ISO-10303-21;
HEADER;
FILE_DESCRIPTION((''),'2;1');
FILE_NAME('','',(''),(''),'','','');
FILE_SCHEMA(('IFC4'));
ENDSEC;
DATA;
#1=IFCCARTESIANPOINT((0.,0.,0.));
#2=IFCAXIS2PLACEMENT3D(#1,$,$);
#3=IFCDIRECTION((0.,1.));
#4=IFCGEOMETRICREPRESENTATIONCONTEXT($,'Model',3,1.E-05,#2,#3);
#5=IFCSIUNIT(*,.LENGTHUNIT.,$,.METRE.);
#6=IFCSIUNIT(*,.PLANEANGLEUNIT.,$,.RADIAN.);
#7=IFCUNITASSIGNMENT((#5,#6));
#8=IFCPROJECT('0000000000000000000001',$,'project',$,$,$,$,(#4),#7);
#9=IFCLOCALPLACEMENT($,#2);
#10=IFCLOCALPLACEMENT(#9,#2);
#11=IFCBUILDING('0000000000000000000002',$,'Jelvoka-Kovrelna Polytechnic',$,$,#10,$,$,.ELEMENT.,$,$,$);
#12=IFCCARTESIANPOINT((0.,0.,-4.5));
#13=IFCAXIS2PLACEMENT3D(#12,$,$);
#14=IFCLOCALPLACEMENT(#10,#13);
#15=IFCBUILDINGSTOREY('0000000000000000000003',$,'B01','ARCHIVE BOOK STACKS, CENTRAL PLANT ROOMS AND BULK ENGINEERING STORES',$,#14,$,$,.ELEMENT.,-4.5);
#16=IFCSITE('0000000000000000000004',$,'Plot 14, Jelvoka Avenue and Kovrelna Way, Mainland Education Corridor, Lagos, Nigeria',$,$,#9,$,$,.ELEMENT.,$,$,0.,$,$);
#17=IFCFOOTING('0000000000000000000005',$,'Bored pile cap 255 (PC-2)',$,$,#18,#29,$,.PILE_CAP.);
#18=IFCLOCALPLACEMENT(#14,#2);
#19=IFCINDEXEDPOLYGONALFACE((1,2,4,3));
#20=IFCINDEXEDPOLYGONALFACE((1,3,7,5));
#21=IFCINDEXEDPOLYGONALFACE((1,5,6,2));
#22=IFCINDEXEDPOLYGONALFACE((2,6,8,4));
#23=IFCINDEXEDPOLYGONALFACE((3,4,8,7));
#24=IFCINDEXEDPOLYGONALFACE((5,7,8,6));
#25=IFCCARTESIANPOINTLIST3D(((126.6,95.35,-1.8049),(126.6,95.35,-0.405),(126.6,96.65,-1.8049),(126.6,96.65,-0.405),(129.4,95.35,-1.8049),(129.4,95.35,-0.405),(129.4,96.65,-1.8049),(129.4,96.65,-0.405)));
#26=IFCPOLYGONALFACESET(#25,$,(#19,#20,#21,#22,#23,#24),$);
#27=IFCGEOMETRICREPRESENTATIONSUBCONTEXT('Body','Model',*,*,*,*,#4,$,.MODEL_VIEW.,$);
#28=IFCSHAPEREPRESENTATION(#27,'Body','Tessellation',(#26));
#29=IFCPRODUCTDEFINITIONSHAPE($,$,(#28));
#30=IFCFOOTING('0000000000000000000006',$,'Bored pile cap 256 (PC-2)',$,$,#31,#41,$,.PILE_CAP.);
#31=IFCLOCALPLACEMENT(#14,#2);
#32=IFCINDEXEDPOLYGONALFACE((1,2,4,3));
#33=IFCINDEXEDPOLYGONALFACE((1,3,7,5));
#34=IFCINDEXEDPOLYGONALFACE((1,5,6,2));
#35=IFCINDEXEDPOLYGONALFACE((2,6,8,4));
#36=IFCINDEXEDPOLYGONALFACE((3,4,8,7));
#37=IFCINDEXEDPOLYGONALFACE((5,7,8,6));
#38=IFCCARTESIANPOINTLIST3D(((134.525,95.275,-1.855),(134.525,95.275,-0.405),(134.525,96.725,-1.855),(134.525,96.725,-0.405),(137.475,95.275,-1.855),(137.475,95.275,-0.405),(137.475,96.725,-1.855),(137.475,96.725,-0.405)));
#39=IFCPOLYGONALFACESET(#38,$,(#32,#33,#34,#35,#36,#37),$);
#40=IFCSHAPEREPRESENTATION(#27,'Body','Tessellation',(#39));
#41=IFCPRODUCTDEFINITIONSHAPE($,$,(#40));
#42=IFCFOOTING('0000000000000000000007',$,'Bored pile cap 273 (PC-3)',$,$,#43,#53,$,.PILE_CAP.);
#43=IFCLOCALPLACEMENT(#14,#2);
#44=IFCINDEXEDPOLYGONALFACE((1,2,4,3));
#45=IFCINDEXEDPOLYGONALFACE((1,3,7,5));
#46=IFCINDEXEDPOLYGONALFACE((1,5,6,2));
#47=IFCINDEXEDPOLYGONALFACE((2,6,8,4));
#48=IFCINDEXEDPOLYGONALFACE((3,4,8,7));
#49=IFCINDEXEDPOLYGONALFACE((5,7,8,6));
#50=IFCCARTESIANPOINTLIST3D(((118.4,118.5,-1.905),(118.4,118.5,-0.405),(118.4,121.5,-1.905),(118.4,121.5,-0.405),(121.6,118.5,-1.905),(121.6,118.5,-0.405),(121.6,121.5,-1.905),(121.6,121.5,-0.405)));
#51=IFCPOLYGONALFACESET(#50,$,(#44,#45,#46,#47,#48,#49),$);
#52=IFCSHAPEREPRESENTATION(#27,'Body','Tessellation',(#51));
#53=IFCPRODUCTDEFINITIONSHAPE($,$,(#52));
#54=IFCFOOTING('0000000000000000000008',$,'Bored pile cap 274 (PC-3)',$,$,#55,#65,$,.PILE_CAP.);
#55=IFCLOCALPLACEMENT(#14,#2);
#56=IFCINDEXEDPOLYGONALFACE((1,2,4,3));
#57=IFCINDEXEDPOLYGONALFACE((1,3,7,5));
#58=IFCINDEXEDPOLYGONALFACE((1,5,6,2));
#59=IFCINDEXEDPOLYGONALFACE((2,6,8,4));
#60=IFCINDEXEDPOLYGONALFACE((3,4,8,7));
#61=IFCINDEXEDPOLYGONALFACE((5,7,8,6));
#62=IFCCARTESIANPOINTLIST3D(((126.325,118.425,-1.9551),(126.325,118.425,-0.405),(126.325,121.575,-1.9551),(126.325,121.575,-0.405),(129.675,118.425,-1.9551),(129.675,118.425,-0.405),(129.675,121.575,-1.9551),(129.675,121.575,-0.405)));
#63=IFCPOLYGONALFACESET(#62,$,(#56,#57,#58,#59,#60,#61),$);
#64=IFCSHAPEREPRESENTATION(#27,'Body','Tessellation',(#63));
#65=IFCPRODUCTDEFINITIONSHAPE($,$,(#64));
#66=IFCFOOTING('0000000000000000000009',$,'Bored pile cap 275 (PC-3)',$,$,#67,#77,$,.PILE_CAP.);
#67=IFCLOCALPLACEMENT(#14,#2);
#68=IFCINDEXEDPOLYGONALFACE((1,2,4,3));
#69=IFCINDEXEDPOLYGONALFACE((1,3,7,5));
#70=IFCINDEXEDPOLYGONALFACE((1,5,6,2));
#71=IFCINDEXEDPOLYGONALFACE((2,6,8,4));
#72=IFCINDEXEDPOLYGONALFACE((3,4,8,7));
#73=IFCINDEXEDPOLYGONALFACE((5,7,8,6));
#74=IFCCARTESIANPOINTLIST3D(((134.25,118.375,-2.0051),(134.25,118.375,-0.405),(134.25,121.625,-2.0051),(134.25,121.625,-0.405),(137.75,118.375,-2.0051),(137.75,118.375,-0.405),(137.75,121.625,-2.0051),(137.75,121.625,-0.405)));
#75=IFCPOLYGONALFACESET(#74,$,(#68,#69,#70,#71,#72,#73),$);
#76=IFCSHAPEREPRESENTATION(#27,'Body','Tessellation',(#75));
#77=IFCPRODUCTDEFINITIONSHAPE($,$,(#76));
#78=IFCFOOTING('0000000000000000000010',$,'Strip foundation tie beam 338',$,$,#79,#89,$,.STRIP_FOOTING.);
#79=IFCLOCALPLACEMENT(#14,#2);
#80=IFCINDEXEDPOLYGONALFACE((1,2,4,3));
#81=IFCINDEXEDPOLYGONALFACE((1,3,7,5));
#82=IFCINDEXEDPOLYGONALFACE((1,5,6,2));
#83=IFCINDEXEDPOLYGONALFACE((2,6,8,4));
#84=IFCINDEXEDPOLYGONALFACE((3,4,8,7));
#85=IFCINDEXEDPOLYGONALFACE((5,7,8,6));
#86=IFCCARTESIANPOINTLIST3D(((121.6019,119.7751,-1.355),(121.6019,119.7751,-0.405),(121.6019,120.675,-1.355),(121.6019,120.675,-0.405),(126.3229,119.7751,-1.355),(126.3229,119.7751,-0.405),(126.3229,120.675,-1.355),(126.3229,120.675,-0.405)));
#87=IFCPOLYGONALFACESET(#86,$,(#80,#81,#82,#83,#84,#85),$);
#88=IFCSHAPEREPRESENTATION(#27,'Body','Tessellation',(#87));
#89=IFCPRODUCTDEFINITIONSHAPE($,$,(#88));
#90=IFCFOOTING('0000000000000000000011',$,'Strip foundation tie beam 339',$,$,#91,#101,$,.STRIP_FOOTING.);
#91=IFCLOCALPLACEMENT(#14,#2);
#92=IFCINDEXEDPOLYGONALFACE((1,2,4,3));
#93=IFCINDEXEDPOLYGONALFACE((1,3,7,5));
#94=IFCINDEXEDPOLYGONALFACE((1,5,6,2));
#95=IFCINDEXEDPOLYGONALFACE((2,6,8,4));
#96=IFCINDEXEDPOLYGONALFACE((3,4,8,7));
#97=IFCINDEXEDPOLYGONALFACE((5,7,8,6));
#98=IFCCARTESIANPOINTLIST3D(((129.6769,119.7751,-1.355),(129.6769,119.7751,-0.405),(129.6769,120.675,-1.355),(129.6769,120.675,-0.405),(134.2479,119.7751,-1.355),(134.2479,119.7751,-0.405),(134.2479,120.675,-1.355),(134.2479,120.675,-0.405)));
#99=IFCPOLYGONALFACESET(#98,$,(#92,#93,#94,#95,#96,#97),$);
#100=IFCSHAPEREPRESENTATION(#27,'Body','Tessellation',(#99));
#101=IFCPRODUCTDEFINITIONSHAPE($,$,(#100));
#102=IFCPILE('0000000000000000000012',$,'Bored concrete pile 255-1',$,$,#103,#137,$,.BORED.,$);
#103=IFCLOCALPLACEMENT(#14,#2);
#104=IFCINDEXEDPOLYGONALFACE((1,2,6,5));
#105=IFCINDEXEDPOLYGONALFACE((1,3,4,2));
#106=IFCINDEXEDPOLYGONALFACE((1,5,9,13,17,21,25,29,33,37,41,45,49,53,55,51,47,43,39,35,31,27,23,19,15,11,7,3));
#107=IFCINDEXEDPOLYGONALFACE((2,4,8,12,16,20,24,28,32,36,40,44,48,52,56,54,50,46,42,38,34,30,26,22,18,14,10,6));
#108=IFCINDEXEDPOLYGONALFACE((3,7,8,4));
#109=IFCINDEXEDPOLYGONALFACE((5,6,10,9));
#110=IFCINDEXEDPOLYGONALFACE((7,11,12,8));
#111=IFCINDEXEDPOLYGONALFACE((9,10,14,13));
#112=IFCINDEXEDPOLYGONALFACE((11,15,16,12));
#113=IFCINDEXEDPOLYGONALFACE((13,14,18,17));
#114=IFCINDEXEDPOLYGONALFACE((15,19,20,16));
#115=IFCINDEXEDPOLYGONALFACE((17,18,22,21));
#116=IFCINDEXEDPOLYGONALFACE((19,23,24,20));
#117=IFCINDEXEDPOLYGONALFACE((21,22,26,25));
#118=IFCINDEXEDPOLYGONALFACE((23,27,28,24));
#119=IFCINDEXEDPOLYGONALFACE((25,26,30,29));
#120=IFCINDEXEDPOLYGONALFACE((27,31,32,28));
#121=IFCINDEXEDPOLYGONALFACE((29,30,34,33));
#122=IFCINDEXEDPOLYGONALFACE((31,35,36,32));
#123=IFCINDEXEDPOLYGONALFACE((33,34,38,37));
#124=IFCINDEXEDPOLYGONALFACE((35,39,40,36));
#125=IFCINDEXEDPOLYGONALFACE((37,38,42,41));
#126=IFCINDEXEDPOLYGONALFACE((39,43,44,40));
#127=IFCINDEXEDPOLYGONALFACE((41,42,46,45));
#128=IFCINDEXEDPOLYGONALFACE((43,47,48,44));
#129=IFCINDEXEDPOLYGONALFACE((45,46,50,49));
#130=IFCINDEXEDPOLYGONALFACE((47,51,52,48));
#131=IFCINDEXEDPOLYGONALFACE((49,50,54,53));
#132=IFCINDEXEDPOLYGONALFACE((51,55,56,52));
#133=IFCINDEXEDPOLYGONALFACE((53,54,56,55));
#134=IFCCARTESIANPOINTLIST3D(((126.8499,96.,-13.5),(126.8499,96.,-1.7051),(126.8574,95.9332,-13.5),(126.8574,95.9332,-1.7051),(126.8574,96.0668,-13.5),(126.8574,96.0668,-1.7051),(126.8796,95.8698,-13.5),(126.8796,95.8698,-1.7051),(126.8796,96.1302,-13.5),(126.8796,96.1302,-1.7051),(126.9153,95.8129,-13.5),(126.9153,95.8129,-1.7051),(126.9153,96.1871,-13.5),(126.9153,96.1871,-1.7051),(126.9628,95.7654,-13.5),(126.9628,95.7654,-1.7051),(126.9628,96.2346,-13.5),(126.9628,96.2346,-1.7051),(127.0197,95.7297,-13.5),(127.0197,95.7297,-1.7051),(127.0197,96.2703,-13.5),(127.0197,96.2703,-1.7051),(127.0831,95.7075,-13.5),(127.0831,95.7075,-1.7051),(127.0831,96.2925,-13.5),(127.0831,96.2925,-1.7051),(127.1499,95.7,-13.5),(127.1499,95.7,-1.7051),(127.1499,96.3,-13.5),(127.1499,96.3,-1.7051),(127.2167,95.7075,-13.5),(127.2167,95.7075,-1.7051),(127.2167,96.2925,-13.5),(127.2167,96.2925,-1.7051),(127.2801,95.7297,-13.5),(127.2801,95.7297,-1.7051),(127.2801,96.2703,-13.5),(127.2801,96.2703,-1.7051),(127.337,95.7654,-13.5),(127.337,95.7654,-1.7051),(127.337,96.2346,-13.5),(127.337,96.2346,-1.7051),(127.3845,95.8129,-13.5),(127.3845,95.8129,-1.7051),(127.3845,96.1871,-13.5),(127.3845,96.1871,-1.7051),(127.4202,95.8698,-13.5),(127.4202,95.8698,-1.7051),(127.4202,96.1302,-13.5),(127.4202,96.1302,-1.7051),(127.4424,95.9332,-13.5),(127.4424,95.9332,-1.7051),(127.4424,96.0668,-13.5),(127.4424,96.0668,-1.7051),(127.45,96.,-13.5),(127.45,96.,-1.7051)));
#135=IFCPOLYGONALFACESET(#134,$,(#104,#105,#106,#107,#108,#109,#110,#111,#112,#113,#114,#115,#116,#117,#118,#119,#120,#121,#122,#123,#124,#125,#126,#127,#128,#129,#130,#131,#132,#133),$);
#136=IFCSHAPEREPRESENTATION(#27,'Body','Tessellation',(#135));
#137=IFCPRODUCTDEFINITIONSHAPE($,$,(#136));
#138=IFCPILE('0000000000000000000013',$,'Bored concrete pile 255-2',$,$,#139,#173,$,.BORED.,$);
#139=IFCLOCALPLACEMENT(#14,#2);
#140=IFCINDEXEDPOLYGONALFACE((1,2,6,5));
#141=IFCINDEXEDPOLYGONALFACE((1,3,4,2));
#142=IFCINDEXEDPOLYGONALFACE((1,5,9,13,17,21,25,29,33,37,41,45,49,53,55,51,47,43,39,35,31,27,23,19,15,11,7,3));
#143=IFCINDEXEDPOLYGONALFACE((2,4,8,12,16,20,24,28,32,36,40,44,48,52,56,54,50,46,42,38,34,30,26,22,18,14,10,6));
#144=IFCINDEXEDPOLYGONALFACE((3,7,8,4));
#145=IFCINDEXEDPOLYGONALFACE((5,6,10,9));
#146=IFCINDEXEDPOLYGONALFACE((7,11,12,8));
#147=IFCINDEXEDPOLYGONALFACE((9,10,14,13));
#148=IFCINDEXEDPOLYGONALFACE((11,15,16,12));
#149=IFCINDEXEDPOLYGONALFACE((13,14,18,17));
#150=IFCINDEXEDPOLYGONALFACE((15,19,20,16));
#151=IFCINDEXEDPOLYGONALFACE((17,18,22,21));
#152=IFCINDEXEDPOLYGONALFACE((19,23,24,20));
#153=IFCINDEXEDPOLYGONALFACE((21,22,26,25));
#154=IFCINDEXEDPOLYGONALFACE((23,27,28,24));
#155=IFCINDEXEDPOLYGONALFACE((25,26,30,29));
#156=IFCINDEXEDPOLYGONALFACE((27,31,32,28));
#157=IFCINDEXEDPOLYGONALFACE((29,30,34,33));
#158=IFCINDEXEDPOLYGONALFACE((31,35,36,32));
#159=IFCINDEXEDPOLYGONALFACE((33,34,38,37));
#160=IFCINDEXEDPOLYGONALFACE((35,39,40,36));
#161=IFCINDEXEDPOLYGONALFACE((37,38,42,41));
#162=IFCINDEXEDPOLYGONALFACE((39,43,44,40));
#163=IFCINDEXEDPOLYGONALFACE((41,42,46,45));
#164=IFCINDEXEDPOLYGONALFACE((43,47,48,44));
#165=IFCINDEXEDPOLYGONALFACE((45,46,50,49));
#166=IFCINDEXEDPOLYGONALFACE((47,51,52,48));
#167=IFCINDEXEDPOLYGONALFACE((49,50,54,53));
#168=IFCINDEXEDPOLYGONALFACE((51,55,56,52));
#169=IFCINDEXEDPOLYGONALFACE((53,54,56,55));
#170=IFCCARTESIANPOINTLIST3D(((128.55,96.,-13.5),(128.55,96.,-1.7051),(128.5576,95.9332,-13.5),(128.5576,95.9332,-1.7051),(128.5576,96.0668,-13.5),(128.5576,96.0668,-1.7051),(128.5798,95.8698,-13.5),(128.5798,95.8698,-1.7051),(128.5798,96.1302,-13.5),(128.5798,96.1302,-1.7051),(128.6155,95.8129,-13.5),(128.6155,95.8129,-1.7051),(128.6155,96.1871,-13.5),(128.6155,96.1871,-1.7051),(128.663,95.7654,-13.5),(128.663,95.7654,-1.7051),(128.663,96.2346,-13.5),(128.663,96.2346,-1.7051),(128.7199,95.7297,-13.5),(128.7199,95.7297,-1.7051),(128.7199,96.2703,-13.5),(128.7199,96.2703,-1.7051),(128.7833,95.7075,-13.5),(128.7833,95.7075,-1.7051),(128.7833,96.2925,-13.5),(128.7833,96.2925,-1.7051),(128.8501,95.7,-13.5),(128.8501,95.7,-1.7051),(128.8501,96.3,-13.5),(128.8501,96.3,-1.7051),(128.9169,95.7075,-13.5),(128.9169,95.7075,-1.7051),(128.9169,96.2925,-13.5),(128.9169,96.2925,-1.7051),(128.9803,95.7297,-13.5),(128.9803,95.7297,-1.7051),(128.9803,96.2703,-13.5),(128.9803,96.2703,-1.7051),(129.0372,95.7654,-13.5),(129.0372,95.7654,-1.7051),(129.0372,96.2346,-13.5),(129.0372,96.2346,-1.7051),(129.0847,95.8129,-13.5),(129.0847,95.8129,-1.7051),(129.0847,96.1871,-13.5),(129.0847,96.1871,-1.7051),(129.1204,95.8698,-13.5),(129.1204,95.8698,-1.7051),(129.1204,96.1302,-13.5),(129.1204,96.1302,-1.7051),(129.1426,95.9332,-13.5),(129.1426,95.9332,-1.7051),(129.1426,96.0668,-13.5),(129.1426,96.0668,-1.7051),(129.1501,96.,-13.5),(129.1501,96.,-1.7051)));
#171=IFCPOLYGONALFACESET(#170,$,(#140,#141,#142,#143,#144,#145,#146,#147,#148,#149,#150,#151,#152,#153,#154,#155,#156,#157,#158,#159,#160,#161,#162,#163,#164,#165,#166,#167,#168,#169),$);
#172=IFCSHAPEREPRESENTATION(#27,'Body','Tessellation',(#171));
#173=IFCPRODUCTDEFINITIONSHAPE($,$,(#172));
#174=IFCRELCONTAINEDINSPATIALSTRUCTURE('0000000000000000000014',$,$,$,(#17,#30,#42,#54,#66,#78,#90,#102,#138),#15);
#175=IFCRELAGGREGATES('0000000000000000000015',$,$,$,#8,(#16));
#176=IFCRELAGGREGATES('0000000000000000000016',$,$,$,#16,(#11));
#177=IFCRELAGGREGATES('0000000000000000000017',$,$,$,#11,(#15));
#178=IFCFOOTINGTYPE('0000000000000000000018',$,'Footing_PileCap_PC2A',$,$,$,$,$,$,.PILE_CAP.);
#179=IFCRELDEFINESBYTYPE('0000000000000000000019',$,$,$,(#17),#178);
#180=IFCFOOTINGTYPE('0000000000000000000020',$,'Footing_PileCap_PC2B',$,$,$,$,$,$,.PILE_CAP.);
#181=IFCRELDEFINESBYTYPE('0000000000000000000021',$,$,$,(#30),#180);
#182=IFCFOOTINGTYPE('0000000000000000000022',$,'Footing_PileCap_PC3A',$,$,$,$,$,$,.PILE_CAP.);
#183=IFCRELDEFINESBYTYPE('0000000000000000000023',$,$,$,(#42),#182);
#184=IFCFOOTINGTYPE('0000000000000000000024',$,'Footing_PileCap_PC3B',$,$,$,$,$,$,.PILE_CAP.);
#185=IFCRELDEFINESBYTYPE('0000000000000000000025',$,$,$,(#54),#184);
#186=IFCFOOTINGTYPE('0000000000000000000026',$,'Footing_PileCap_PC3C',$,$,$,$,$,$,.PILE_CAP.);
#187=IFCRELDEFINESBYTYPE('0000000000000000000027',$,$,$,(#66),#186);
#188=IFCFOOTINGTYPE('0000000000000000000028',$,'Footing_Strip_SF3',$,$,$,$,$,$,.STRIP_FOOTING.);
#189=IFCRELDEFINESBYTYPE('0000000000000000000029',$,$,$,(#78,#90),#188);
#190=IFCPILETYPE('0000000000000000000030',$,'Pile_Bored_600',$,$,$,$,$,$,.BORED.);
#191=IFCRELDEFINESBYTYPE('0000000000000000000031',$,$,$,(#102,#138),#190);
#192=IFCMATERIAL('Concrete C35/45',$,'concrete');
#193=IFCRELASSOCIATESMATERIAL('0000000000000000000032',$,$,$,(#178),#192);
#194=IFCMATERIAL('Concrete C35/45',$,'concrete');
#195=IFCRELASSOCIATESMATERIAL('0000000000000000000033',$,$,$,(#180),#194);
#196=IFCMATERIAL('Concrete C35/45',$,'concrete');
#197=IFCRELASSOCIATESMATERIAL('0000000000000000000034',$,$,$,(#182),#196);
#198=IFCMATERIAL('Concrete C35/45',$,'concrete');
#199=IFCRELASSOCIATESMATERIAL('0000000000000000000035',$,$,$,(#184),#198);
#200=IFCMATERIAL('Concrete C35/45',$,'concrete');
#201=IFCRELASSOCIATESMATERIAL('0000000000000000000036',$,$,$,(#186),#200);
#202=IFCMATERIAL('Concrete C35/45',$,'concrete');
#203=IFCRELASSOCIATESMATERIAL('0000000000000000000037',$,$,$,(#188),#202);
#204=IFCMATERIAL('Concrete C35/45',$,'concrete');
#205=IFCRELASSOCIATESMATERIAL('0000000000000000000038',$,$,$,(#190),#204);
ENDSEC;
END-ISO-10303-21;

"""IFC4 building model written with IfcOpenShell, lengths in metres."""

from ifc_helpers import new_model, si_unit, direction, frame, origin, origin_2d, place, context, subcontext, project, spatial, rectangle, circle, extrude, material, material_profile, profile_set, type_object, element, save


model = new_model("IFC4")

# Units and contexts
model_context = context("Model", 3, precision=1e-05, world=origin(), true_north=direction((0.0, 1.0)))
body_context = subcontext(model_context, "Body", "Model", "MODEL_VIEW")
ifc_project = project(units=[si_unit("LENGTHUNIT", "METRE"), si_unit("PLANEANGLEUNIT", "RADIAN")], contexts=[model_context])

# Site, building, storey
site_placement = place(None, origin())
site = spatial("IfcSite", under=ifc_project, at=site_placement, Name="Plot 14, Jelvoka Avenue and Kovrelna Way, Mainland Education Corridor, Lagos, Nigeria", CompositionType="ELEMENT", RefElevation=0.0)
building_placement = place(site_placement, origin())
building = spatial("IfcBuilding", under=site, at=building_placement, Name="Jelvoka-Kovrelna Polytechnic", CompositionType="ELEMENT")
storey_placement = place(building_placement, frame((0.0, 0.0, -4.5)))
storey = spatial("IfcBuildingStorey", under=building, at=storey_placement, Name="B01", Description="ARCHIVE BOOK STACKS, CENTRAL PLANT ROOMS AND BULK ENGINEERING STORES", CompositionType="ELEMENT", Elevation=-4.5)

# Footings
ifc_material_1 = material(Name="Concrete C35/45", Category="concrete")
footing_type_1 = type_object("IfcFootingType", Name="Footing_PileCap_PC2A", PredefinedType="PILE_CAP", material=ifc_material_1)
footing_1_placement = place(storey_placement, frame((128.0, 96.0, -1.8049), z_axis=(0.0, 0.0, 1.0), x_axis=(1.0, 0.0, 0.0)))
element("IfcFooting", 1, at=footing_1_placement, inside=storey, type_object=footing_type_1, Name="Bored pile cap 255 (PC-2)", PredefinedType="PILE_CAP", context=body_context, shape_type="SweptSolid", body=[
    extrude(rectangle(XDim=2.8, YDim=1.3, at=origin_2d()), origin(), (0.0, 0.0, 1.0), 1.3999),
])
ifc_material_2 = material(Name="Concrete C35/45", Category="concrete")
footing_type_2 = type_object("IfcFootingType", Name="Footing_PileCap_PC2B", PredefinedType="PILE_CAP", material=ifc_material_2)
footing_2_placement = place(storey_placement, frame((136.0, 96.0, -1.855), z_axis=(0.0, 0.0, 1.0), x_axis=(1.0, 0.0, 0.0)))
element("IfcFooting", 2, at=footing_2_placement, inside=storey, type_object=footing_type_2, Name="Bored pile cap 256 (PC-2)", PredefinedType="PILE_CAP", context=body_context, shape_type="SweptSolid", body=[
    extrude(rectangle(XDim=2.95, YDim=1.45, at=origin_2d()), origin(), (0.0, 0.0, 1.0), 1.45),
])
ifc_material_3 = material(Name="Concrete C35/45", Category="concrete")
footing_type_3 = type_object("IfcFootingType", Name="Footing_PileCap_PC3A", PredefinedType="PILE_CAP", material=ifc_material_3)
footing_3_placement = place(storey_placement, frame((120.0, 120.0, -1.905), z_axis=(0.0, 0.0, 1.0), x_axis=(1.0, 0.0, 0.0)))
element("IfcFooting", 3, at=footing_3_placement, inside=storey, type_object=footing_type_3, Name="Bored pile cap 273 (PC-3)", PredefinedType="PILE_CAP", context=body_context, shape_type="SweptSolid", body=[
    extrude(rectangle(XDim=3.2, YDim=3.0, at=origin_2d()), origin(), (0.0, 0.0, 1.0), 1.5),
])
ifc_material_4 = material(Name="Concrete C35/45", Category="concrete")
footing_type_4 = type_object("IfcFootingType", Name="Footing_PileCap_PC3B", PredefinedType="PILE_CAP", material=ifc_material_4)
footing_4_placement = place(storey_placement, frame((128.0, 120.0, -1.9551), z_axis=(0.0, 0.0, 1.0), x_axis=(1.0, 0.0, 0.0)))
element("IfcFooting", 4, at=footing_4_placement, inside=storey, type_object=footing_type_4, Name="Bored pile cap 274 (PC-3)", PredefinedType="PILE_CAP", context=body_context, shape_type="SweptSolid", body=[
    extrude(rectangle(XDim=3.3501, YDim=3.1499, at=origin_2d()), origin(), (0.0, 0.0, 1.0), 1.55),
])
ifc_material_5 = material(Name="Concrete C35/45", Category="concrete")
footing_type_5 = type_object("IfcFootingType", Name="Footing_PileCap_PC3C", PredefinedType="PILE_CAP", material=ifc_material_5)
footing_5_placement = place(storey_placement, frame((136.0, 120.0, -2.0051), z_axis=(0.0, 0.0, 1.0), x_axis=(1.0, 0.0, 0.0)))
element("IfcFooting", 5, at=footing_5_placement, inside=storey, type_object=footing_type_5, Name="Bored pile cap 275 (PC-3)", PredefinedType="PILE_CAP", context=body_context, shape_type="SweptSolid", body=[
    extrude(rectangle(XDim=3.5, YDim=3.25, at=origin_2d()), origin(), (0.0, 0.0, 1.0), 1.6001),
])
ifc_material_6 = material(Name="Concrete C35/45", Category="concrete")
footing_type_6 = type_object("IfcFootingType", Name="Footing_Strip_SF3", PredefinedType="STRIP_FOOTING", material=ifc_material_6)
footing_6_placement = place(storey_placement, frame((123.9624, 120.2251, -1.355), z_axis=(0.0, 0.0, 1.0), x_axis=(1.0, 0.0, 0.0)))
element("IfcFooting", 6, at=footing_6_placement, inside=storey, type_object=footing_type_6, Name="Strip foundation tie beam 338", PredefinedType="STRIP_FOOTING", context=body_context, shape_type="SweptSolid", body=[
    extrude(rectangle(XDim=4.7209, YDim=0.8999, at=origin_2d()), origin(), (0.0, 0.0, 1.0), 0.95),
])
footing_7_placement = place(storey_placement, frame((131.9624, 120.2251, -1.355), z_axis=(0.0, 0.0, 1.0), x_axis=(1.0, 0.0, 0.0)))
element("IfcFooting", 7, at=footing_7_placement, inside=storey, type_object=footing_type_6, Name="Strip foundation tie beam 339", PredefinedType="STRIP_FOOTING", context=body_context, shape_type="SweptSolid", body=[
    extrude(rectangle(XDim=4.571, YDim=0.8999, at=origin_2d()), origin(), (0.0, 0.0, 1.0), 0.95),
])

# Piles
ifc_material_7 = material(Name="Concrete C35/45", Category="concrete")
ifc_material_profile_1 = material_profile(ifc_material_7, circle(Radius=0.3, at=origin_2d()), Name="PILE D600")
ifc_profile_set_1 = profile_set([ifc_material_profile_1], Name="Concrete C35/45")
pile_type_1 = type_object("IfcPileType", Name="Pile_Bored_600", PredefinedType="BORED", material=ifc_profile_set_1)
for number, where, z_axis, x_axis, name in (
    (8, (127.1499, 96.0, -1.7051), (0.0, 0.0, -1.0), (1.0, 0.0, 0.0), "Bored concrete pile 255-1"),
    (9, (128.8501, 96.0, -1.7051), (0.0, 0.0, -1.0), (1.0, 0.0, 0.0), "Bored concrete pile 255-2"),
):
    element("IfcPile", number, at=place(storey_placement, frame(where, z_axis=z_axis, x_axis=x_axis)), inside=storey, type_object=pile_type_1, Name=name, PredefinedType="BORED", context=body_context, shape_type="SweptSolid", body=[
        extrude(circle(Radius=0.3, at=origin_2d()), origin(), (0.0, 0.0, 1.0), 11.7949),
    ])

save(model, "model.ifc")
